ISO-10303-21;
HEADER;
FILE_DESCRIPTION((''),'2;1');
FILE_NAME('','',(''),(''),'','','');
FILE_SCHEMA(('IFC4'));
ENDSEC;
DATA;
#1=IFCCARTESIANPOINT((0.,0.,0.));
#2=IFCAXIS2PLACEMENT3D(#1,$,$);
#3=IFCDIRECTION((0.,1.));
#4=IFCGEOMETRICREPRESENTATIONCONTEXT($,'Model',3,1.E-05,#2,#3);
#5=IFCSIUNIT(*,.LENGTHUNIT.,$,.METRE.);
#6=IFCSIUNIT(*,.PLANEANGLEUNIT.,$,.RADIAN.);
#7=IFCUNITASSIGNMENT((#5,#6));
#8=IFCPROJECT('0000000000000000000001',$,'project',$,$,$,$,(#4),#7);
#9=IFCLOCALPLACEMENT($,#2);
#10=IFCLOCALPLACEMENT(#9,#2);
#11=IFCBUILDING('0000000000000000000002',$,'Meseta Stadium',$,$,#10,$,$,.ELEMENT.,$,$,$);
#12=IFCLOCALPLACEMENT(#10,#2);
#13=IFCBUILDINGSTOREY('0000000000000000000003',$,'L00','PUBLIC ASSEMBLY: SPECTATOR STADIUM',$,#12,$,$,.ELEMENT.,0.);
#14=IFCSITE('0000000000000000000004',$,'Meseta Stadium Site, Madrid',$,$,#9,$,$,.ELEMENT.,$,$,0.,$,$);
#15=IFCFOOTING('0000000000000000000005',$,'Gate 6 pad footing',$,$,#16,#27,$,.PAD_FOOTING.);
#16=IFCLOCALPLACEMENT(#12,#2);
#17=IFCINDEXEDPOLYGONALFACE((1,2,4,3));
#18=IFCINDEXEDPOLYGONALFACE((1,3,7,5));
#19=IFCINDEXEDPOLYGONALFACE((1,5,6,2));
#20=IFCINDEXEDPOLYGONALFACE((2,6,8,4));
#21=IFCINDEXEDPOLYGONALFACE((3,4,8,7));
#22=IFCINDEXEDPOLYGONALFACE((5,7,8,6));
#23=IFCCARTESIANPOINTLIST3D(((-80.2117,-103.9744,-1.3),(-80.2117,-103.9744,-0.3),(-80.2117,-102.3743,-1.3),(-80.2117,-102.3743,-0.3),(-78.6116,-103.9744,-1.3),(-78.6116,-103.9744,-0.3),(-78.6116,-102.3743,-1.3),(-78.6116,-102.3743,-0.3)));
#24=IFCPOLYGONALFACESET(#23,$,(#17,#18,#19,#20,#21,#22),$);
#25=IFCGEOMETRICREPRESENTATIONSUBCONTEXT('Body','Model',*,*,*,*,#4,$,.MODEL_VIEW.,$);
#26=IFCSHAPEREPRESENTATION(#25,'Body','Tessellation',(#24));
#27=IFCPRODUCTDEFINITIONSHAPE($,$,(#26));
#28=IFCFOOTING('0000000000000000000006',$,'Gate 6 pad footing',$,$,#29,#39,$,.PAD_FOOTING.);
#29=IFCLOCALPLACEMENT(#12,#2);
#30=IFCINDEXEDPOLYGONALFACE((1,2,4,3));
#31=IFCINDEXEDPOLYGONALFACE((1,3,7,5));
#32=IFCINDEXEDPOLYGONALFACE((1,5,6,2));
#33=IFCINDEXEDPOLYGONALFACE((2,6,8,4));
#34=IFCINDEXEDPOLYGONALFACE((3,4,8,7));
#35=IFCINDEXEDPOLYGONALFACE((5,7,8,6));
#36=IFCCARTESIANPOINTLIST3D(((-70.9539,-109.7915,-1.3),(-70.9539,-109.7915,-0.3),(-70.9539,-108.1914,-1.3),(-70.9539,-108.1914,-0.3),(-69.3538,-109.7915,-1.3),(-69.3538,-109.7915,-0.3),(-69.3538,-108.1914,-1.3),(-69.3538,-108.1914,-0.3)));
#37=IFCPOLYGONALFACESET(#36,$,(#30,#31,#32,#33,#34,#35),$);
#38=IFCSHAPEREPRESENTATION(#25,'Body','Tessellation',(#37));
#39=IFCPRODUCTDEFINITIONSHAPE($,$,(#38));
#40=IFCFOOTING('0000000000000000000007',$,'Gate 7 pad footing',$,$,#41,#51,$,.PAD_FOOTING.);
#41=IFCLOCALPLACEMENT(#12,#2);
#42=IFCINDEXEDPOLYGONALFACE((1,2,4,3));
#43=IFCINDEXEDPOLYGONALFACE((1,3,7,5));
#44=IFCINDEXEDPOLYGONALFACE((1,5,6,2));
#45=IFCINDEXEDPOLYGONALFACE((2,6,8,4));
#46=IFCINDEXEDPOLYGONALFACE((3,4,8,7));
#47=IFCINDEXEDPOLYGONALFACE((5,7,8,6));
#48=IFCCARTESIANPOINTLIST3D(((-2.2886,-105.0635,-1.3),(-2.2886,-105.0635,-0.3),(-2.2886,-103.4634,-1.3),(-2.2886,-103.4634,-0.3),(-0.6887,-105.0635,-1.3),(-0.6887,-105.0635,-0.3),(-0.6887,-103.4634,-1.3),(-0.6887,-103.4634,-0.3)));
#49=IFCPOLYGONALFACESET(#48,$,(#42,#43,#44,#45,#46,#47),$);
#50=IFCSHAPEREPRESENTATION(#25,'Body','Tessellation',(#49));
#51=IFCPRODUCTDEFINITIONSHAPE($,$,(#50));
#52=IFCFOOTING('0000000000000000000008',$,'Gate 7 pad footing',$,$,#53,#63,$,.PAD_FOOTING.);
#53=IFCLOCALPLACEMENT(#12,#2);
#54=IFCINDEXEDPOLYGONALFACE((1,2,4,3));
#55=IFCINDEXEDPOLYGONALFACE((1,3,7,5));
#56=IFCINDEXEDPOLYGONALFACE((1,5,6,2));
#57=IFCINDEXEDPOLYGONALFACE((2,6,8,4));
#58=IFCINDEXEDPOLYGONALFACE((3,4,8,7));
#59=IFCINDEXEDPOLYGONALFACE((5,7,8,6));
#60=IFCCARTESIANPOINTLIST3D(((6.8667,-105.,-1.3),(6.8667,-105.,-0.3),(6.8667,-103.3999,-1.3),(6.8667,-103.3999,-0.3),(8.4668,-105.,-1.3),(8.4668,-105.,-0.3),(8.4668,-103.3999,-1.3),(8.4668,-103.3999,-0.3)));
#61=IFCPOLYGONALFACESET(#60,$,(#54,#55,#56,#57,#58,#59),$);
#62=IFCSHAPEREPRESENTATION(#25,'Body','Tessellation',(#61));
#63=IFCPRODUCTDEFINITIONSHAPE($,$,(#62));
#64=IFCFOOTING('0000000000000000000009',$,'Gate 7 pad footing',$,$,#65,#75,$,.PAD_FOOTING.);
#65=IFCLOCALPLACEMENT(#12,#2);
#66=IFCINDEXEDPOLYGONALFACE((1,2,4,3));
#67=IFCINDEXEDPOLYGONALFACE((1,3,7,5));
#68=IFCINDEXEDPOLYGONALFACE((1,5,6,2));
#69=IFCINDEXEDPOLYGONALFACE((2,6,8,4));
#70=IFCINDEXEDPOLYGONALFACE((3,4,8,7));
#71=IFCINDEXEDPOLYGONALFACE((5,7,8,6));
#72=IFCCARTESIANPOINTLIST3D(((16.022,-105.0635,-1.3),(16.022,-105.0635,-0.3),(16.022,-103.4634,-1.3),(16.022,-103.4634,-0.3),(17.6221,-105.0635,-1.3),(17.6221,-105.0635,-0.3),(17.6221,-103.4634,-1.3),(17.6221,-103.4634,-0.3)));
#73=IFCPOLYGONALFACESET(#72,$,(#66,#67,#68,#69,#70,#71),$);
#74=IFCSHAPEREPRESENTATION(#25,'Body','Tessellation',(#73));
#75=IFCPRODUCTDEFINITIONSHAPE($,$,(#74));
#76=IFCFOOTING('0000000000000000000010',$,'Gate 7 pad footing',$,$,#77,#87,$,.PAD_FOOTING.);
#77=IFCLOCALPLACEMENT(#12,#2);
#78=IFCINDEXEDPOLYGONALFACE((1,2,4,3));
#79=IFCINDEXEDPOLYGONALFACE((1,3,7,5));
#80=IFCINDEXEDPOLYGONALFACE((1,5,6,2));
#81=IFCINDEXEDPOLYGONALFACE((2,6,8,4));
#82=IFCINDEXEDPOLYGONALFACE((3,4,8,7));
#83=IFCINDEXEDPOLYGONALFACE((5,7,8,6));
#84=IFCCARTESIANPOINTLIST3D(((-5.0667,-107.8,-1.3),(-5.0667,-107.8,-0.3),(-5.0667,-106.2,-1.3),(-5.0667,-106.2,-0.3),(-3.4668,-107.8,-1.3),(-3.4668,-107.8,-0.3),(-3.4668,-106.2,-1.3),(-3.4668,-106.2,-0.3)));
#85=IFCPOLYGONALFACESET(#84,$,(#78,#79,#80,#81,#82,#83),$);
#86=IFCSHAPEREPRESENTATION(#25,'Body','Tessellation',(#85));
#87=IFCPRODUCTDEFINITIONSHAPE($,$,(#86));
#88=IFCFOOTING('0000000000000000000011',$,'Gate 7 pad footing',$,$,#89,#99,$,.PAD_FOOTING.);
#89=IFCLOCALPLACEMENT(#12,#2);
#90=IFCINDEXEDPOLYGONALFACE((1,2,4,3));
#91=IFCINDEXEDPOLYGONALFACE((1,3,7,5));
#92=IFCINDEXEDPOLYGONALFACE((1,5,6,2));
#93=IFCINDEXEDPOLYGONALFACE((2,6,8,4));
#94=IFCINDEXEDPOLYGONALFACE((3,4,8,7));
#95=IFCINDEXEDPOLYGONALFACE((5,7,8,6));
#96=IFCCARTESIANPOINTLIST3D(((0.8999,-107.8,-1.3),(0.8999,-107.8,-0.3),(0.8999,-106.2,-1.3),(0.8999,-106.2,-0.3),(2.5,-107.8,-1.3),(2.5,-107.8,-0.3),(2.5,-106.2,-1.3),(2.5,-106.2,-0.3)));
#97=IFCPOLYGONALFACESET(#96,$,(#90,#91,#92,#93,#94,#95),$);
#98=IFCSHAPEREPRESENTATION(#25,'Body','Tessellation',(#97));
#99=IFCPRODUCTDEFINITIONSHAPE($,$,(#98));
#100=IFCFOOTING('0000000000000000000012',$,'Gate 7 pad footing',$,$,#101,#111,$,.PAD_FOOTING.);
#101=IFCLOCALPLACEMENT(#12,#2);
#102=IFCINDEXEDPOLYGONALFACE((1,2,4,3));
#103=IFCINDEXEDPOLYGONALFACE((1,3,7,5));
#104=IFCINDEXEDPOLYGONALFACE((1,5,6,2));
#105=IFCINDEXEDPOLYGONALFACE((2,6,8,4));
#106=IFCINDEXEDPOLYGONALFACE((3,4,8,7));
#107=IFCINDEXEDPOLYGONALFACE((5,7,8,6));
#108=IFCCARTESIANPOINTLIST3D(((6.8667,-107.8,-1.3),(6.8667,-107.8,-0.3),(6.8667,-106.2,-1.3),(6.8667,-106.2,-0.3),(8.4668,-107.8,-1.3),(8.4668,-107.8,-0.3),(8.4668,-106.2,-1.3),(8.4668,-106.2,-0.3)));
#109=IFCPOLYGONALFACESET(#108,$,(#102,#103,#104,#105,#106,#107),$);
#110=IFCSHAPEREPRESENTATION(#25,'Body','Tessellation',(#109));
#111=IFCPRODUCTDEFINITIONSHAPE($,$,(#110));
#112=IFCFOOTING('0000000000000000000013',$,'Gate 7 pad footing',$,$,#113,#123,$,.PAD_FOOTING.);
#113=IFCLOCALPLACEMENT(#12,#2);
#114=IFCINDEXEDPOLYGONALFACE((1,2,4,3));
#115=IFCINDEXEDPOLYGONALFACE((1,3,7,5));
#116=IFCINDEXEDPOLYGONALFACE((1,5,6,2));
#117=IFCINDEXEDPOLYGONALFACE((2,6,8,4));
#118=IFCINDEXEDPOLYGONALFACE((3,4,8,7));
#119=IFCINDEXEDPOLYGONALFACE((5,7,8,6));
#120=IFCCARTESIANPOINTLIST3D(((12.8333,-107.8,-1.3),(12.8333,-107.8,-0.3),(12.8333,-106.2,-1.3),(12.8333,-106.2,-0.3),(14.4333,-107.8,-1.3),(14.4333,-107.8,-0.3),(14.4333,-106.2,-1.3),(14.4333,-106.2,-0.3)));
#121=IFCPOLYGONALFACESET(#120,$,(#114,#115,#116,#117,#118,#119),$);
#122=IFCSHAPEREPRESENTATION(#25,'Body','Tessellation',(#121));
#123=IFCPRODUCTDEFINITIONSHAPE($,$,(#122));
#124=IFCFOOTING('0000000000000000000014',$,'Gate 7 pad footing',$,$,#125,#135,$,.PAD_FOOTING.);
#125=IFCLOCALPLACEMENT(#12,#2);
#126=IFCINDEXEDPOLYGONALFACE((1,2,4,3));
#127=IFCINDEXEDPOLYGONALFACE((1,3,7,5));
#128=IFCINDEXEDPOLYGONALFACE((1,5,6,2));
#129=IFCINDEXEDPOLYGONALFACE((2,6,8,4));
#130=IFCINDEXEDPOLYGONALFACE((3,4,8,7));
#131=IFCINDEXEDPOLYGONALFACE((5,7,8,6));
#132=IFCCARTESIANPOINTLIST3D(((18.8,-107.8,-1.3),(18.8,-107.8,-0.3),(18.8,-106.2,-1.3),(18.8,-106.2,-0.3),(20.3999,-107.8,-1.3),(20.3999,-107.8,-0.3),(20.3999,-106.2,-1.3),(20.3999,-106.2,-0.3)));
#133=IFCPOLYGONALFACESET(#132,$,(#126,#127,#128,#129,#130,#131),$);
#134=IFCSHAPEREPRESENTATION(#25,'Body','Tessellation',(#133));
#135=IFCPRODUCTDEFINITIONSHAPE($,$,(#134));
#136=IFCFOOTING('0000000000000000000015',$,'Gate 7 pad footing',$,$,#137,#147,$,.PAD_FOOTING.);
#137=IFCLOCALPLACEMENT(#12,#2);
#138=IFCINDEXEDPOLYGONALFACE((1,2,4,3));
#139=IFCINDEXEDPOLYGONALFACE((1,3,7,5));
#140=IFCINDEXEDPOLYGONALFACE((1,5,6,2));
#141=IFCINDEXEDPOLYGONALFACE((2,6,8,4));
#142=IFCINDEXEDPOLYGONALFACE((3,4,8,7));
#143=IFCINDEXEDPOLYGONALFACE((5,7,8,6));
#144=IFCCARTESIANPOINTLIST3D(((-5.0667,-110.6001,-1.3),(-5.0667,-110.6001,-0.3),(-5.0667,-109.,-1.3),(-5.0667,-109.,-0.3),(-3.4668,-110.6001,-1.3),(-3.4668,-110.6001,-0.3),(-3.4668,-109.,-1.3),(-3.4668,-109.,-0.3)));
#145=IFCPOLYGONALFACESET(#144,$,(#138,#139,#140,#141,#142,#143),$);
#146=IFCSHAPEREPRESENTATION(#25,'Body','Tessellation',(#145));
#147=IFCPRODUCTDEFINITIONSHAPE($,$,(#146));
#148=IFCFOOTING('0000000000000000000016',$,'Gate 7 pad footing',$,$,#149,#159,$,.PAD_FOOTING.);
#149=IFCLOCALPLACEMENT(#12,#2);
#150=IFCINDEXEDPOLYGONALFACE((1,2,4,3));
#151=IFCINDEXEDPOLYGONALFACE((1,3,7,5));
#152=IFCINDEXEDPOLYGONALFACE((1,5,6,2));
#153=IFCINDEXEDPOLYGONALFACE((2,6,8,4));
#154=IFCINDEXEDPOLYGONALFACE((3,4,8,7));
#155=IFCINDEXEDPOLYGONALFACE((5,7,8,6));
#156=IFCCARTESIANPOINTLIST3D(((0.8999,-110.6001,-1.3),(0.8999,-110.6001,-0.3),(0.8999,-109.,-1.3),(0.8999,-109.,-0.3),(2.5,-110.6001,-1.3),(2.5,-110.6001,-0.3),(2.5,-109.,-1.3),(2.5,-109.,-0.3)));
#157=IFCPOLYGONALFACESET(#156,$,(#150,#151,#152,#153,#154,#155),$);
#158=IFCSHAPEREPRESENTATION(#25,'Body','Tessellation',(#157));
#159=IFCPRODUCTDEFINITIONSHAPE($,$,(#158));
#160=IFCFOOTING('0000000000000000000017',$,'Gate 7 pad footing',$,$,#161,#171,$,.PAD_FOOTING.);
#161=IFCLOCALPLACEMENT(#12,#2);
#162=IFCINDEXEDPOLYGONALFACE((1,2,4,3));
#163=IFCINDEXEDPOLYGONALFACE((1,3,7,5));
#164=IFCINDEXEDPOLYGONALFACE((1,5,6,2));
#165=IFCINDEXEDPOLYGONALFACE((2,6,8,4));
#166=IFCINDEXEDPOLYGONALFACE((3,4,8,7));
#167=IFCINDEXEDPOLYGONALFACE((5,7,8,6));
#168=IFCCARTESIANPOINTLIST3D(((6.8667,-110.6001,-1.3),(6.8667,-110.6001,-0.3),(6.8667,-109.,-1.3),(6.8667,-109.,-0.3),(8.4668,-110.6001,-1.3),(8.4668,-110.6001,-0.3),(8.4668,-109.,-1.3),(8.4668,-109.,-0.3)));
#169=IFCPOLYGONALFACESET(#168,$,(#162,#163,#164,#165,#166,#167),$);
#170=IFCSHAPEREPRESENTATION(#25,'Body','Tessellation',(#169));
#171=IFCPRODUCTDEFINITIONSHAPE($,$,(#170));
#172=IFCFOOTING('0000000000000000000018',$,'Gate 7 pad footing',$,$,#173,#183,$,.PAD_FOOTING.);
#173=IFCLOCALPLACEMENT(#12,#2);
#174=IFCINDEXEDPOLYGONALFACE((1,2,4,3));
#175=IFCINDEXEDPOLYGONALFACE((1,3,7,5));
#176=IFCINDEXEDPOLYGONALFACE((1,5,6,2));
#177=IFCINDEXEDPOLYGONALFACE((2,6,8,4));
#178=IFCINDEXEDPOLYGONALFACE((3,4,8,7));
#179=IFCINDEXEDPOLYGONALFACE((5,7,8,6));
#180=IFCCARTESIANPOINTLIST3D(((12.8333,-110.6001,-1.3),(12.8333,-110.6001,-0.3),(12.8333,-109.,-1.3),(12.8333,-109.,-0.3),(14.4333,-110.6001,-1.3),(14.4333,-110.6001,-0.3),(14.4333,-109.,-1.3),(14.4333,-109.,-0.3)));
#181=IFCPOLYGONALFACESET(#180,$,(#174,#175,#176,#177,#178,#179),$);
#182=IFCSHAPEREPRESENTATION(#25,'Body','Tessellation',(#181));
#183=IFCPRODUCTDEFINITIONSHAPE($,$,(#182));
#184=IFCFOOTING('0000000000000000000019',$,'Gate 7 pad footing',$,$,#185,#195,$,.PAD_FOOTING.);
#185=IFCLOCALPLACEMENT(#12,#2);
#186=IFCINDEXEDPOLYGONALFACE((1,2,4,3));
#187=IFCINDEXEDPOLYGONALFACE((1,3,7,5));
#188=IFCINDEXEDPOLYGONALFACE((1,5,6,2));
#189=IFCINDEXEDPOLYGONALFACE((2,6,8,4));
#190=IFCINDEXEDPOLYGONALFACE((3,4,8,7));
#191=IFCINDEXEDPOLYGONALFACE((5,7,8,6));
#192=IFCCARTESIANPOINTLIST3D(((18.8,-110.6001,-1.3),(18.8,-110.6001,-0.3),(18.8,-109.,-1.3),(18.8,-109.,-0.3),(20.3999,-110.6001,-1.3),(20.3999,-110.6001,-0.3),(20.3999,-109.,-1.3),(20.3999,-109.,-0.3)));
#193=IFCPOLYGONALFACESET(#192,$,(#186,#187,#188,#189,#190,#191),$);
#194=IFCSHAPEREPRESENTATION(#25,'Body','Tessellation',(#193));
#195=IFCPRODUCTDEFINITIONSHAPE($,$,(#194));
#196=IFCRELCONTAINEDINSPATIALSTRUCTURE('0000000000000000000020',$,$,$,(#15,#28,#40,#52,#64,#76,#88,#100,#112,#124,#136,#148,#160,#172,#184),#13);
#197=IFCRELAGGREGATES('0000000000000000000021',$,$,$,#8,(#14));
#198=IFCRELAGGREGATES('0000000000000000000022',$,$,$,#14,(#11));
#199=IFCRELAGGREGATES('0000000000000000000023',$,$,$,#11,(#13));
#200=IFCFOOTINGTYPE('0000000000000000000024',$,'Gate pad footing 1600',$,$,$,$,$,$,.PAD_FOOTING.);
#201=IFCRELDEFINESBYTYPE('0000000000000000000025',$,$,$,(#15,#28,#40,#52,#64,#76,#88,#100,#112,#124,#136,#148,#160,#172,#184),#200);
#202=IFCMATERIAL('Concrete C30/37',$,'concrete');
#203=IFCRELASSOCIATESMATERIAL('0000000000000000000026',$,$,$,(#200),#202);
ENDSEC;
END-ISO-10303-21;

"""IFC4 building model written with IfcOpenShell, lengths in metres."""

from ifc_helpers import new_model, si_unit, direction, frame, origin, place, context, subcontext, project, spatial, polyline, outline, extrude, material, type_object, element, save


model = new_model("IFC4")

# Units and contexts
model_context = context("Model", 3, precision=1e-05, world=origin(), true_north=direction((0.0, 1.0)))
body_context = subcontext(model_context, "Body", "Model", "MODEL_VIEW")
ifc_project = project(units=[si_unit("LENGTHUNIT", "METRE"), si_unit("PLANEANGLEUNIT", "RADIAN")], contexts=[model_context])

# Site, building, storey
site_placement = place(None, origin())
site = spatial("IfcSite", under=ifc_project, at=site_placement, Name="Meseta Stadium Site, Madrid", CompositionType="ELEMENT", RefElevation=0.0)
building_placement = place(site_placement, origin())
building = spatial("IfcBuilding", under=site, at=building_placement, Name="Meseta Stadium", CompositionType="ELEMENT")
storey_placement = place(building_placement, origin())
storey = spatial("IfcBuildingStorey", under=building, at=storey_placement, Name="L00", Description="PUBLIC ASSEMBLY: SPECTATOR STADIUM", CompositionType="ELEMENT", Elevation=0.0)

# Footings
ifc_material_1 = material(Name="Concrete C30/37", Category="concrete")
footing_type_1 = type_object("IfcFootingType", Name="Gate pad footing 1600", PredefinedType="PAD_FOOTING", material=ifc_material_1)
footing_1_placement = place(storey_placement, frame((0.0, 0.0, -1.3)))
element("IfcFooting", 1, at=footing_1_placement, inside=storey, type_object=footing_type_1, Name="Gate 6 pad footing", PredefinedType="PAD_FOOTING", context=body_context, shape_type="SweptSolid", body=[
    extrude(outline(polyline([(-78.6116, -103.9744), (-78.6116, -102.3743), (-80.2117, -102.3743), (-80.2117, -103.9744), (-78.6116, -103.9744)])), origin(), (0.0, 0.0, 1.0), 1.0),
])
footing_2_placement = place(storey_placement, frame((0.0, 0.0, -1.3)))
element("IfcFooting", 2, at=footing_2_placement, inside=storey, type_object=footing_type_1, Name="Gate 6 pad footing", PredefinedType="PAD_FOOTING", context=body_context, shape_type="SweptSolid", body=[
    extrude(outline(polyline([(-69.3538, -109.7915), (-69.3538, -108.1914), (-70.9539, -108.1914), (-70.9539, -109.7915), (-69.3538, -109.7915)])), origin(), (0.0, 0.0, 1.0), 1.0),
])
footing_3_placement = place(storey_placement, frame((0.0, 0.0, -1.3)))
element("IfcFooting", 3, at=footing_3_placement, inside=storey, type_object=footing_type_1, Name="Gate 7 pad footing", PredefinedType="PAD_FOOTING", context=body_context, shape_type="SweptSolid", body=[
    extrude(outline(polyline([(-0.6887, -105.0635), (-0.6887, -103.4634), (-2.2886, -103.4634), (-2.2886, -105.0635), (-0.6887, -105.0635)])), origin(), (0.0, 0.0, 1.0), 1.0),
])
footing_4_placement = place(storey_placement, frame((0.0, 0.0, -1.3)))
element("IfcFooting", 4, at=footing_4_placement, inside=storey, type_object=footing_type_1, Name="Gate 7 pad footing", PredefinedType="PAD_FOOTING", context=body_context, shape_type="SweptSolid", body=[
    extrude(outline(polyline([(8.4668, -105.0), (8.4668, -103.3999), (6.8667, -103.3999), (6.8667, -105.0), (8.4668, -105.0)])), origin(), (0.0, 0.0, 1.0), 1.0),
])
footing_5_placement = place(storey_placement, frame((0.0, 0.0, -1.3)))
element("IfcFooting", 5, at=footing_5_placement, inside=storey, type_object=footing_type_1, Name="Gate 7 pad footing", PredefinedType="PAD_FOOTING", context=body_context, shape_type="SweptSolid", body=[
    extrude(outline(polyline([(17.6221, -105.0635), (17.6221, -103.4634), (16.022, -103.4634), (16.022, -105.0635), (17.6221, -105.0635)])), origin(), (0.0, 0.0, 1.0), 1.0),
])
footing_6_placement = place(storey_placement, frame((0.0, 0.0, -1.3)))
element("IfcFooting", 6, at=footing_6_placement, inside=storey, type_object=footing_type_1, Name="Gate 7 pad footing", PredefinedType="PAD_FOOTING", context=body_context, shape_type="SweptSolid", body=[
    extrude(outline(polyline([(-3.4668, -107.8), (-3.4668, -106.2), (-5.0667, -106.2), (-5.0667, -107.8), (-3.4668, -107.8)])), origin(), (0.0, 0.0, 1.0), 1.0),
])
footing_7_placement = place(storey_placement, frame((0.0, 0.0, -1.3)))
element("IfcFooting", 7, at=footing_7_placement, inside=storey, type_object=footing_type_1, Name="Gate 7 pad footing", PredefinedType="PAD_FOOTING", context=body_context, shape_type="SweptSolid", body=[
    extrude(outline(polyline([(2.5, -107.8), (2.5, -106.2), (0.8999, -106.2), (0.8999, -107.8), (2.5, -107.8)])), origin(), (0.0, 0.0, 1.0), 1.0),
])
footing_8_placement = place(storey_placement, frame((0.0, 0.0, -1.3)))
element("IfcFooting", 8, at=footing_8_placement, inside=storey, type_object=footing_type_1, Name="Gate 7 pad footing", PredefinedType="PAD_FOOTING", context=body_context, shape_type="SweptSolid", body=[
    extrude(outline(polyline([(8.4668, -107.8), (8.4668, -106.2), (6.8667, -106.2), (6.8667, -107.8), (8.4668, -107.8)])), origin(), (0.0, 0.0, 1.0), 1.0),
])
footing_9_placement = place(storey_placement, frame((0.0, 0.0, -1.3)))
element("IfcFooting", 9, at=footing_9_placement, inside=storey, type_object=footing_type_1, Name="Gate 7 pad footing", PredefinedType="PAD_FOOTING", context=body_context, shape_type="SweptSolid", body=[
    extrude(outline(polyline([(14.4333, -107.8), (14.4333, -106.2), (12.8333, -106.2), (12.8333, -107.8), (14.4333, -107.8)])), origin(), (0.0, 0.0, 1.0), 1.0),
])
footing_10_placement = place(storey_placement, frame((0.0, 0.0, -1.3)))
element("IfcFooting", 10, at=footing_10_placement, inside=storey, type_object=footing_type_1, Name="Gate 7 pad footing", PredefinedType="PAD_FOOTING", context=body_context, shape_type="SweptSolid", body=[
    extrude(outline(polyline([(20.3999, -107.8), (20.3999, -106.2), (18.8, -106.2), (18.8, -107.8), (20.3999, -107.8)])), origin(), (0.0, 0.0, 1.0), 1.0),
])
footing_11_placement = place(storey_placement, frame((0.0, 0.0, -1.3)))
element("IfcFooting", 11, at=footing_11_placement, inside=storey, type_object=footing_type_1, Name="Gate 7 pad footing", PredefinedType="PAD_FOOTING", context=body_context, shape_type="SweptSolid", body=[
    extrude(outline(polyline([(-3.4668, -110.6001), (-3.4668, -109.0), (-5.0667, -109.0), (-5.0667, -110.6001), (-3.4668, -110.6001)])), origin(), (0.0, 0.0, 1.0), 1.0),
])
footing_12_placement = place(storey_placement, frame((0.0, 0.0, -1.3)))
element("IfcFooting", 12, at=footing_12_placement, inside=storey, type_object=footing_type_1, Name="Gate 7 pad footing", PredefinedType="PAD_FOOTING", context=body_context, shape_type="SweptSolid", body=[
    extrude(outline(polyline([(2.5, -110.6001), (2.5, -109.0), (0.8999, -109.0), (0.8999, -110.6001), (2.5, -110.6001)])), origin(), (0.0, 0.0, 1.0), 1.0),
])
footing_13_placement = place(storey_placement, frame((0.0, 0.0, -1.3)))
element("IfcFooting", 13, at=footing_13_placement, inside=storey, type_object=footing_type_1, Name="Gate 7 pad footing", PredefinedType="PAD_FOOTING", context=body_context, shape_type="SweptSolid", body=[
    extrude(outline(polyline([(8.4668, -110.6001), (8.4668, -109.0), (6.8667, -109.0), (6.8667, -110.6001), (8.4668, -110.6001)])), origin(), (0.0, 0.0, 1.0), 1.0),
])
footing_14_placement = place(storey_placement, frame((0.0, 0.0, -1.3)))
element("IfcFooting", 14, at=footing_14_placement, inside=storey, type_object=footing_type_1, Name="Gate 7 pad footing", PredefinedType="PAD_FOOTING", context=body_context, shape_type="SweptSolid", body=[
    extrude(outline(polyline([(14.4333, -110.6001), (14.4333, -109.0), (12.8333, -109.0), (12.8333, -110.6001), (14.4333, -110.6001)])), origin(), (0.0, 0.0, 1.0), 1.0),
])
footing_15_placement = place(storey_placement, frame((0.0, 0.0, -1.3)))
element("IfcFooting", 15, at=footing_15_placement, inside=storey, type_object=footing_type_1, Name="Gate 7 pad footing", PredefinedType="PAD_FOOTING", context=body_context, shape_type="SweptSolid", body=[
    extrude(outline(polyline([(20.3999, -110.6001), (20.3999, -109.0), (18.8, -109.0), (18.8, -110.6001), (20.3999, -110.6001)])), origin(), (0.0, 0.0, 1.0), 1.0),
])

save(model, "model.ifc")
